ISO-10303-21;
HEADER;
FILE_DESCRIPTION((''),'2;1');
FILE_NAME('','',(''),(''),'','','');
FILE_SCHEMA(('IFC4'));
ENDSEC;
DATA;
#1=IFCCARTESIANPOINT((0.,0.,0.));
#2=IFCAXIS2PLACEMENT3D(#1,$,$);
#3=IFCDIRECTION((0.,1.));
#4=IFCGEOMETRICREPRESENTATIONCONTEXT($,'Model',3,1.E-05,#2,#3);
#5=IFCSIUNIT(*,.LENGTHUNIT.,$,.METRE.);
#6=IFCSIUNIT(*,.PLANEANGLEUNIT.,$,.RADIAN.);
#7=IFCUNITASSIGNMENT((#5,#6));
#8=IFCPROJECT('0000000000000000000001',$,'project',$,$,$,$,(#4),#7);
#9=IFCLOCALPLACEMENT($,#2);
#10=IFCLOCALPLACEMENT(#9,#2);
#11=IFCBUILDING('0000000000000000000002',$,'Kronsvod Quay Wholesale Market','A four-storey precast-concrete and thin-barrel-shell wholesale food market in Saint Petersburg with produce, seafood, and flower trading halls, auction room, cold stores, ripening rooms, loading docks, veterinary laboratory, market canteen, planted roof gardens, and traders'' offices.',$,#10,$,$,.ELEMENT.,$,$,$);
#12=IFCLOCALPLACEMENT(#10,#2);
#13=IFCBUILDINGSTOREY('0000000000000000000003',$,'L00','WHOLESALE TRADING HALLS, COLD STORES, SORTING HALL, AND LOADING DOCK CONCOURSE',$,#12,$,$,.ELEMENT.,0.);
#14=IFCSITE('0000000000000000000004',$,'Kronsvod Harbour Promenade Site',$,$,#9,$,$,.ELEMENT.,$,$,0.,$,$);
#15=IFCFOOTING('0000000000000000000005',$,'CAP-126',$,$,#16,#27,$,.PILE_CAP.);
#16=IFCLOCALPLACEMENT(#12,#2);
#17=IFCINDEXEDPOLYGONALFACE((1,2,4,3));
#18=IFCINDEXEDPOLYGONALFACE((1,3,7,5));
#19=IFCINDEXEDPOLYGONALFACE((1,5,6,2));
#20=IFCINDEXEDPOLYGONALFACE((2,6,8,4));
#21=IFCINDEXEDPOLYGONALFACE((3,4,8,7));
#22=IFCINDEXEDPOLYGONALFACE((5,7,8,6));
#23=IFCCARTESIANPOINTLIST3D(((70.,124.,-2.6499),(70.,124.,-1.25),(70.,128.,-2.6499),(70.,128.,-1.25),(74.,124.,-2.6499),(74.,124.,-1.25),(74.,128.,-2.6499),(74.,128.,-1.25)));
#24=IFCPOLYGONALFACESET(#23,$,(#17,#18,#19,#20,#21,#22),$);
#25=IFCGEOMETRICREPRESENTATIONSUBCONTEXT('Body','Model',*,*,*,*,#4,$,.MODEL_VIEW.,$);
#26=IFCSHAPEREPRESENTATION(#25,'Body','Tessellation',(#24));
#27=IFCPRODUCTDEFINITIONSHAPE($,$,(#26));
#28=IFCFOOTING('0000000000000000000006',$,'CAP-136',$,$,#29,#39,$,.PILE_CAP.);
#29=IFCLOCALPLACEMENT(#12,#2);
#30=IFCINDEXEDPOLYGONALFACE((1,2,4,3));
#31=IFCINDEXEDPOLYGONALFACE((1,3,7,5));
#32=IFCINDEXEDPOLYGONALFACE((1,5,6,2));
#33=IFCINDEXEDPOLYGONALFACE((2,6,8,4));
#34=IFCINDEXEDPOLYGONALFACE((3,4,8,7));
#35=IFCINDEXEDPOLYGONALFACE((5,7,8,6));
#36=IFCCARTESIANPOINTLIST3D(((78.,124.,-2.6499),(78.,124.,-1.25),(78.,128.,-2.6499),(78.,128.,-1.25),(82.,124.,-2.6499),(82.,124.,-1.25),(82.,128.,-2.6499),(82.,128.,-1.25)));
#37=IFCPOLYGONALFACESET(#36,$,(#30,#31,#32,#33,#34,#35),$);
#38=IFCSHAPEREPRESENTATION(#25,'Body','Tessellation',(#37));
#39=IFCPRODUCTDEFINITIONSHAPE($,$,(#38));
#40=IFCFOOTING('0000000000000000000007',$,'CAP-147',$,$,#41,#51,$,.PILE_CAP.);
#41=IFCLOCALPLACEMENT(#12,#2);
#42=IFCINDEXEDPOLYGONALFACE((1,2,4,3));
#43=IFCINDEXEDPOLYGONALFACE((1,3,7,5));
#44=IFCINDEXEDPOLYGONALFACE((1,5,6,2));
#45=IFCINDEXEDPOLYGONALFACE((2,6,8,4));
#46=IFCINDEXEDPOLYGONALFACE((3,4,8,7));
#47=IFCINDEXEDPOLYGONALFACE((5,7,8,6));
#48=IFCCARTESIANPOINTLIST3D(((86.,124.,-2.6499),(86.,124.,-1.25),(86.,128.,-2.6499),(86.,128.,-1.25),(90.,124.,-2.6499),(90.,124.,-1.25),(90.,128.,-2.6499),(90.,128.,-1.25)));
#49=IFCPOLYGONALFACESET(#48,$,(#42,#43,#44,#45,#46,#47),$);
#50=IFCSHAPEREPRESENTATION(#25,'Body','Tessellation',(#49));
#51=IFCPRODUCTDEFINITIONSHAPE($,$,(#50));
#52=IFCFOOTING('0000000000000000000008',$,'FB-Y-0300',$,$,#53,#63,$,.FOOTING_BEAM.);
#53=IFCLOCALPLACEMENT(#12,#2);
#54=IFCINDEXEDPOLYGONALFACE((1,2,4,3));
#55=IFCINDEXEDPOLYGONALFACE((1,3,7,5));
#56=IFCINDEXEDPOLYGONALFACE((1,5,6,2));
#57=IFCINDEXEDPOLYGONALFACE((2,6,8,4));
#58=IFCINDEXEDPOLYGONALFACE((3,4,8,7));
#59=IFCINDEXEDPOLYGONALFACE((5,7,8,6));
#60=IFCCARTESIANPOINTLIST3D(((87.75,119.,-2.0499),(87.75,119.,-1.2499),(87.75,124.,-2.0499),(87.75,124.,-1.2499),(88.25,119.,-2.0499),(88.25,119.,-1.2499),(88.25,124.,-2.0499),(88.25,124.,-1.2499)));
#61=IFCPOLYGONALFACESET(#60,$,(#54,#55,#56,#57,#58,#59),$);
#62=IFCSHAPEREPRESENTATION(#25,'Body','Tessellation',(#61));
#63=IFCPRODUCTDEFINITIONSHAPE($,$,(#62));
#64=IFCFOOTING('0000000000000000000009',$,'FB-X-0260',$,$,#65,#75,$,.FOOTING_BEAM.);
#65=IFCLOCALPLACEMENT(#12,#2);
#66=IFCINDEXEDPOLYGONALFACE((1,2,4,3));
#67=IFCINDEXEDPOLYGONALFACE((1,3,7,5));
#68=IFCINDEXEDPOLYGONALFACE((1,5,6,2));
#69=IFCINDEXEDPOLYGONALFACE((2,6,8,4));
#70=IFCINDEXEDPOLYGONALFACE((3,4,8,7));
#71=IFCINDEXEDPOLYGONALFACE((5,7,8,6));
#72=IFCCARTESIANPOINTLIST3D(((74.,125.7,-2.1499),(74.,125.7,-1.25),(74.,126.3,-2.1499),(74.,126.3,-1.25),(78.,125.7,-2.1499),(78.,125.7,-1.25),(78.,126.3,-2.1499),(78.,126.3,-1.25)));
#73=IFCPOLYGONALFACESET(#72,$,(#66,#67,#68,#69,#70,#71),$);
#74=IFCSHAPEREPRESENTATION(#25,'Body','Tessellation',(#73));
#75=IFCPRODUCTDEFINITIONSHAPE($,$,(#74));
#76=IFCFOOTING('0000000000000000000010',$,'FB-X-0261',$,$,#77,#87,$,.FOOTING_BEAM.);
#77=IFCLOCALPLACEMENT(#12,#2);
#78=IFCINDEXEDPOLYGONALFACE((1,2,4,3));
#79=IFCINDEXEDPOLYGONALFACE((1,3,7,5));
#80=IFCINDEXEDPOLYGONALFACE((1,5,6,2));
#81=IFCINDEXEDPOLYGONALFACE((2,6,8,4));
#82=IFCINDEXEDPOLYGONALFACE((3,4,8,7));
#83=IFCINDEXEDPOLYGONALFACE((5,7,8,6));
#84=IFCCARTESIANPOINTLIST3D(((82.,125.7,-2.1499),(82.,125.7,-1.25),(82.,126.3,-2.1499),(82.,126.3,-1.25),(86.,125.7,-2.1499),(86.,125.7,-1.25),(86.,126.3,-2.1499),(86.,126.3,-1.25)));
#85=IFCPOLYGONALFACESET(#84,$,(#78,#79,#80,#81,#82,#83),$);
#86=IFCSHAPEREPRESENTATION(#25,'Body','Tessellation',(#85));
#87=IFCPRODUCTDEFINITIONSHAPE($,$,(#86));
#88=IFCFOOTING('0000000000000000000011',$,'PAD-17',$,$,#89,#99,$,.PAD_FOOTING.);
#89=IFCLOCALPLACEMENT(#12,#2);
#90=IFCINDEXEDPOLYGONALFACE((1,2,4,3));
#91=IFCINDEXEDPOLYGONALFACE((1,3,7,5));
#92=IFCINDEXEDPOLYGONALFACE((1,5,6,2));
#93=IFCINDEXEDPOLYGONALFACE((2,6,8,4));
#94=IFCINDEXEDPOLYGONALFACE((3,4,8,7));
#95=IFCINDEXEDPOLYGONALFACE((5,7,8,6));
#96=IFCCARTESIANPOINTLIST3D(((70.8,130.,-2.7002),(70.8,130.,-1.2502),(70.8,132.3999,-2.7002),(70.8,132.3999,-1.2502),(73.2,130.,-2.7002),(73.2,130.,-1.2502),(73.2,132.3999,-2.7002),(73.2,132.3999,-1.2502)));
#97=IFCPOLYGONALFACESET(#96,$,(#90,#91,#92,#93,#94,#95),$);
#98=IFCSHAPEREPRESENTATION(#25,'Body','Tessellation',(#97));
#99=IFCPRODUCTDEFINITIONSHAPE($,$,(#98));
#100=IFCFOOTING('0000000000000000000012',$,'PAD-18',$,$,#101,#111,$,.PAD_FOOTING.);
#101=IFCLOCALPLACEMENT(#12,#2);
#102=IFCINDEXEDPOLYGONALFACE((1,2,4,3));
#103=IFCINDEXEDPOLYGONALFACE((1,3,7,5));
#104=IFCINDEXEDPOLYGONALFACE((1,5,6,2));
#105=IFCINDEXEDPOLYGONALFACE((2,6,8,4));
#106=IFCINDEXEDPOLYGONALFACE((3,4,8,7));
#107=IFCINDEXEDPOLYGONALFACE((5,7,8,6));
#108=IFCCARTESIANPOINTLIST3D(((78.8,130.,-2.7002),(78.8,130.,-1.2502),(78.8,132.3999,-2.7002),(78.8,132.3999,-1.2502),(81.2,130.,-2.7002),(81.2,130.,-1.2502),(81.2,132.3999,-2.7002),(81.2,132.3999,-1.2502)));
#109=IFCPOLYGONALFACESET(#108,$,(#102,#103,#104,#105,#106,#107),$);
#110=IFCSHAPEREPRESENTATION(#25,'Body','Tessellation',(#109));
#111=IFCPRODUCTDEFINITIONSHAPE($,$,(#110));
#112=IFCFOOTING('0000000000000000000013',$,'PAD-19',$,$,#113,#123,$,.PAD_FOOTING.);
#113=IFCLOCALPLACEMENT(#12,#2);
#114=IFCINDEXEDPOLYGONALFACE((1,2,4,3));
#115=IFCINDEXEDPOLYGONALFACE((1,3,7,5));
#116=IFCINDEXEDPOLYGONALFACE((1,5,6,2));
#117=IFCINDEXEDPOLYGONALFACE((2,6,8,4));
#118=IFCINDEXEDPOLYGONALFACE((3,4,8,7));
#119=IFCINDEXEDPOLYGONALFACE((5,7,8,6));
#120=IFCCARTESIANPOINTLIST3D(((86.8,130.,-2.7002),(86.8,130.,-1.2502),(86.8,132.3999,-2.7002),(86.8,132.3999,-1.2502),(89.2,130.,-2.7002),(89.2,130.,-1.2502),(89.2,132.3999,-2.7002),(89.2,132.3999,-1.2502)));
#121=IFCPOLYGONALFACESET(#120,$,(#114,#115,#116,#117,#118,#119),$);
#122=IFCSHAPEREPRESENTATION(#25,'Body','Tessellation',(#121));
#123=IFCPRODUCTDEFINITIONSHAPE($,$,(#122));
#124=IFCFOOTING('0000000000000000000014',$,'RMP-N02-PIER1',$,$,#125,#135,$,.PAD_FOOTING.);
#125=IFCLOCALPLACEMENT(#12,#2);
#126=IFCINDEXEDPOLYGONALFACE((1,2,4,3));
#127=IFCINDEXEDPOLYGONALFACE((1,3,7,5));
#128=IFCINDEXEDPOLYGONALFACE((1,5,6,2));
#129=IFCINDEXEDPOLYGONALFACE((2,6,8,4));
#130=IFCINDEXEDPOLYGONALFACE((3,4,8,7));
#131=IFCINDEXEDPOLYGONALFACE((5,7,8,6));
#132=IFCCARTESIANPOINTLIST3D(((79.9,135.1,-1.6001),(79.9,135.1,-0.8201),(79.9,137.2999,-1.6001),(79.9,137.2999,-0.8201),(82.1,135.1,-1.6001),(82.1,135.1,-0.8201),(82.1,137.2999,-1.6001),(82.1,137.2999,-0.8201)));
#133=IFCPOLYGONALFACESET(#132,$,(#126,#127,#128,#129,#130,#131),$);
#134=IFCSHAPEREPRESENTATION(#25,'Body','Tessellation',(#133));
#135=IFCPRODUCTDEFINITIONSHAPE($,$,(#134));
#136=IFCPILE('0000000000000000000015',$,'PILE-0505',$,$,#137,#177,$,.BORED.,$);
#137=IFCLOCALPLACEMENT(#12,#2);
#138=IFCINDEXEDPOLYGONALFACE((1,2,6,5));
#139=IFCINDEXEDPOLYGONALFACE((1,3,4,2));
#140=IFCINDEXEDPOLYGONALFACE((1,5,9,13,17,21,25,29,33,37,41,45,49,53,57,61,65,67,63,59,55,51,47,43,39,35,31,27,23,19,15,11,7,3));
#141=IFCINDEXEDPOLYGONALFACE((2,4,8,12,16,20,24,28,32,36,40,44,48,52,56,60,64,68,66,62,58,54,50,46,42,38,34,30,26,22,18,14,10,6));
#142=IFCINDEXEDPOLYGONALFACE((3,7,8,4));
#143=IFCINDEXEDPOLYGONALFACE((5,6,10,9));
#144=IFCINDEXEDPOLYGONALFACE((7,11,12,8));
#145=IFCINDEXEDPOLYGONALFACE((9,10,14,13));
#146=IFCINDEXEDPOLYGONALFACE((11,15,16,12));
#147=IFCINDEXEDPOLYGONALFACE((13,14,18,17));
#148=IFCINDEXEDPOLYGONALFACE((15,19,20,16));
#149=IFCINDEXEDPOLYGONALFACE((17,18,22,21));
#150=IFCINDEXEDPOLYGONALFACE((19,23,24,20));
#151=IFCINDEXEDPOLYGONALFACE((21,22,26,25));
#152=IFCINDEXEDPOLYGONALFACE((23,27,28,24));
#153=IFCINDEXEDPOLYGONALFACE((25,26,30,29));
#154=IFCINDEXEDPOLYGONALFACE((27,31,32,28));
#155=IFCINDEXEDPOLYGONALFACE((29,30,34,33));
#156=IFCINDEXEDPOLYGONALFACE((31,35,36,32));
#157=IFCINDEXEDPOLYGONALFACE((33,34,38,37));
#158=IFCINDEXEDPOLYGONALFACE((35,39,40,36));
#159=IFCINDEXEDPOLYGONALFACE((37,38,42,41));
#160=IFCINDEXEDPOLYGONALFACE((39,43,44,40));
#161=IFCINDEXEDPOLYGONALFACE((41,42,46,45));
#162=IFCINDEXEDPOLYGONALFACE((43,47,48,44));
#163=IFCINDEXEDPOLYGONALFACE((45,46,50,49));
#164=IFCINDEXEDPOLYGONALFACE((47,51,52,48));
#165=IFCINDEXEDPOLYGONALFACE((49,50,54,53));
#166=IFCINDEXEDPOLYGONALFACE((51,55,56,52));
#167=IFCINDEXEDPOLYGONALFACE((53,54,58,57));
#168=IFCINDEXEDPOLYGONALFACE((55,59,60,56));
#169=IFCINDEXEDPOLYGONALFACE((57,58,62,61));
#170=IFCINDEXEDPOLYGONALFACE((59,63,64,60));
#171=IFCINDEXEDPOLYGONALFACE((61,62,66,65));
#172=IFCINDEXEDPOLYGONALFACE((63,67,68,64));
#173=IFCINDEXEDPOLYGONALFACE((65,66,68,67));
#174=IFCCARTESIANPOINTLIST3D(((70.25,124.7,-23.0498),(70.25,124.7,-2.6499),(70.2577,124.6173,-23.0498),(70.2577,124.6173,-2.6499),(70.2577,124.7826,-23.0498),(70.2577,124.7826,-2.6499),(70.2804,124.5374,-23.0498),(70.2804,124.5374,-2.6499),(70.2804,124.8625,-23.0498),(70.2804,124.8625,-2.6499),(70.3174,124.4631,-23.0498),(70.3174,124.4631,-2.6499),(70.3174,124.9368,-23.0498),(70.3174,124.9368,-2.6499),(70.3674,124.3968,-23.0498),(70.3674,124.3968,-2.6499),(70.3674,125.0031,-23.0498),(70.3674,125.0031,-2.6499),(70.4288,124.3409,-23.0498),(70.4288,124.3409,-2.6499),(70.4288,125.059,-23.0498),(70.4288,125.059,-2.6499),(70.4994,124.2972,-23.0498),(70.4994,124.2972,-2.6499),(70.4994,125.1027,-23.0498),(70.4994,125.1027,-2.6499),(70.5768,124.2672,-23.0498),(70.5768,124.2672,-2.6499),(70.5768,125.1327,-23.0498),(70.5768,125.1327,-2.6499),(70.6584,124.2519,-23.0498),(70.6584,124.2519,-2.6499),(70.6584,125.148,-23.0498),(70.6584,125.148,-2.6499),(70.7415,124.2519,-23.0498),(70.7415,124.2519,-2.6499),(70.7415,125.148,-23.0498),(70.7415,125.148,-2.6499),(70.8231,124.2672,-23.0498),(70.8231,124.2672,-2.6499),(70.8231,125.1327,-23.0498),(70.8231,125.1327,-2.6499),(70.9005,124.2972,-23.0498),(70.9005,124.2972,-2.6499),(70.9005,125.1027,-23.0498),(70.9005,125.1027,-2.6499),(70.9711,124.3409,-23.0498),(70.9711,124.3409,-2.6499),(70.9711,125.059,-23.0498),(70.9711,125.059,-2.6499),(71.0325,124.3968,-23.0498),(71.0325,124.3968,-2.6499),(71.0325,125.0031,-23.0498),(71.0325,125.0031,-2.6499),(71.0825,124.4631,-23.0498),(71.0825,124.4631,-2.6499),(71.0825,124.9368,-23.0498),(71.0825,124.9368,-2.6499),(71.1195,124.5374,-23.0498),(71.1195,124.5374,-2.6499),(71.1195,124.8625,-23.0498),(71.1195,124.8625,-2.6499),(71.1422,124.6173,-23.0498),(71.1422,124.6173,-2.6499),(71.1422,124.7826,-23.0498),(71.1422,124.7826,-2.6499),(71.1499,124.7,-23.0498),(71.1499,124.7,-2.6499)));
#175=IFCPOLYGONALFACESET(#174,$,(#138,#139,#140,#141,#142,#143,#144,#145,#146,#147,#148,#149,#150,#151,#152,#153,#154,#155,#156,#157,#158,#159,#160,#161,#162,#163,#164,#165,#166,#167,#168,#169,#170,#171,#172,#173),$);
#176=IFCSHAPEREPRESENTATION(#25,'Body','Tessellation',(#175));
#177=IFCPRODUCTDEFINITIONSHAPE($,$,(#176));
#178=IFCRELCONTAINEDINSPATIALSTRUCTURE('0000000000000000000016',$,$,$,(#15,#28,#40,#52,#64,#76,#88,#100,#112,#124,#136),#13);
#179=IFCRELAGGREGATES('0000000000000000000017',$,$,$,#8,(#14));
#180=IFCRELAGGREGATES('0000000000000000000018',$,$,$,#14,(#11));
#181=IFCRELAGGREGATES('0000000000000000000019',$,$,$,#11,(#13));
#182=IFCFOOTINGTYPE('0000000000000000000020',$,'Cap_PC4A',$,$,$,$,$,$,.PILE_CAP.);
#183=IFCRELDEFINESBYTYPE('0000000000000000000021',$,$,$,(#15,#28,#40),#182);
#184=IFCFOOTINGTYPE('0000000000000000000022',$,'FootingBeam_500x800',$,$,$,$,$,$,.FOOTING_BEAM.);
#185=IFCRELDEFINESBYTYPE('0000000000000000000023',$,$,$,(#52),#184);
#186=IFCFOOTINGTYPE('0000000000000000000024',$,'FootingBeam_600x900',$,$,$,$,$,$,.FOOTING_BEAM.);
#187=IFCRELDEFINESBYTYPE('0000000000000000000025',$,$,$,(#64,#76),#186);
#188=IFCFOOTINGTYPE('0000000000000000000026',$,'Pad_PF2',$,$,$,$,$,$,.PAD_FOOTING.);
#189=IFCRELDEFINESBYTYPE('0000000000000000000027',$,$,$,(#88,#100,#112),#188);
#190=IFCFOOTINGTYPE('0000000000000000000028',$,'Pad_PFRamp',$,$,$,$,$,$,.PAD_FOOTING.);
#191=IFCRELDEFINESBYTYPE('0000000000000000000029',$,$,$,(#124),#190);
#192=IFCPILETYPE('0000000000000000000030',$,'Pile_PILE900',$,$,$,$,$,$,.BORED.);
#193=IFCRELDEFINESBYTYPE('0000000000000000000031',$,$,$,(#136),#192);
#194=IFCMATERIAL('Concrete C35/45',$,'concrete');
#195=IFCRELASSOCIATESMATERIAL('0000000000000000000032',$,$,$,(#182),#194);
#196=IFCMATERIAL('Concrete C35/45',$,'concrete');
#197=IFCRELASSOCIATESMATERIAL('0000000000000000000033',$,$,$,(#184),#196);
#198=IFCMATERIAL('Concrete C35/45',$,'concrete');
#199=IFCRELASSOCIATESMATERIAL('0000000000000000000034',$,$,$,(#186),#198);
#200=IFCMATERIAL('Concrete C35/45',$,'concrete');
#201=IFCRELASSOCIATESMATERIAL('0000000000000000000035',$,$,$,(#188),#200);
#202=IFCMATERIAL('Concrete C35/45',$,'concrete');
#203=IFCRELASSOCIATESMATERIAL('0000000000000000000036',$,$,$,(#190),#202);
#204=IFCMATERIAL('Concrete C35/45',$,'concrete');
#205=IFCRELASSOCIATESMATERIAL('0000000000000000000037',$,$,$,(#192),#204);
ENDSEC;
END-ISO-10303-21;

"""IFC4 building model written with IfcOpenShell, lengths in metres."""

from ifc_helpers import new_model, si_unit, direction, frame, origin, origin_2d, place, context, subcontext, project, spatial, rectangle, circle, extrude, material, material_profile, profile_set, type_object, element, save


model = new_model("IFC4")

# Units and contexts
model_context = context("Model", 3, precision=1e-05, world=origin(), true_north=direction((0.0, 1.0)))
body_context = subcontext(model_context, "Body", "Model", "MODEL_VIEW")
ifc_project = project(units=[si_unit("LENGTHUNIT", "METRE"), si_unit("PLANEANGLEUNIT", "RADIAN")], contexts=[model_context])

# Site, building, storey
site_placement = place(None, origin())
site = spatial("IfcSite", under=ifc_project, at=site_placement, Name="Kronsvod Harbour Promenade Site", CompositionType="ELEMENT", RefElevation=0.0)
building_placement = place(site_placement, origin())
building = spatial("IfcBuilding", under=site, at=building_placement, Name="Kronsvod Quay Wholesale Market", Description="A four-storey precast-concrete and thin-barrel-shell wholesale food market in Saint Petersburg with produce, seafood, and flower trading halls, auction room, cold stores, ripening rooms, loading docks, veterinary laboratory, market canteen, planted roof gardens, and traders' offices.", CompositionType="ELEMENT")
storey_placement = place(building_placement, origin())
storey = spatial("IfcBuildingStorey", under=building, at=storey_placement, Name="L00", Description="WHOLESALE TRADING HALLS, COLD STORES, SORTING HALL, AND LOADING DOCK CONCOURSE", CompositionType="ELEMENT", Elevation=0.0)

# Footings
ifc_material_1 = material(Name="Concrete C35/45", Category="concrete")
footing_type_1 = type_object("IfcFootingType", Name="Cap_PC4A", PredefinedType="PILE_CAP", material=ifc_material_1)
for number, where, z_axis, x_axis, name in (
    (1, (72.0, 126.0, -2.6499), (0.0, 0.0, 1.0), (1.0, 0.0, 0.0), "CAP-126"),
    (2, (80.0, 126.0, -2.6499), (0.0, 0.0, 1.0), (1.0, 0.0, 0.0), "CAP-136"),
    (3, (88.0, 126.0, -2.6499), (0.0, 0.0, 1.0), (1.0, 0.0, 0.0), "CAP-147"),
):
    element("IfcFooting", number, at=place(storey_placement, frame(where, z_axis=z_axis, x_axis=x_axis)), inside=storey, type_object=footing_type_1, Name=name, PredefinedType="PILE_CAP", context=body_context, shape_type="SweptSolid", body=[
        extrude(rectangle(XDim=4.0, YDim=4.0, at=origin_2d()), origin(), (0.0, 0.0, 1.0), 1.3999),
    ])
ifc_material_2 = material(Name="Concrete C35/45", Category="concrete")
ifc_material_profile_1 = material_profile(ifc_material_2, rectangle(XDim=0.5, YDim=0.8, at=origin_2d()), Name="FB-01")
ifc_profile_set_1 = profile_set([ifc_material_profile_1], Name="Concrete C35/45")
footing_type_2 = type_object("IfcFootingType", Name="FootingBeam_500x800", PredefinedType="FOOTING_BEAM", material=ifc_profile_set_1)
footing_1_placement = place(storey_placement, frame((88.0, 119.0, -1.6499), z_axis=(0.0, 1.0, 0.0), x_axis=(-1.0, 0.0, 0.0)))
element("IfcFooting", 4, at=footing_1_placement, inside=storey, type_object=footing_type_2, Name="FB-Y-0300", PredefinedType="FOOTING_BEAM", context=body_context, shape_type="SweptSolid", body=[
    extrude(rectangle(XDim=0.5, YDim=0.8, at=origin_2d()), origin(), (0.0, 0.0, 1.0), 5.0),
])
ifc_material_3 = material(Name="Concrete C35/45", Category="concrete")
ifc_material_profile_2 = material_profile(ifc_material_3, rectangle(XDim=0.6001, YDim=0.8999, at=origin_2d()), Name="FB-02")
ifc_profile_set_2 = profile_set([ifc_material_profile_2], Name="Concrete C35/45")
footing_type_3 = type_object("IfcFootingType", Name="FootingBeam_600x900", PredefinedType="FOOTING_BEAM", material=ifc_profile_set_2)
for number, where, z_axis, x_axis, name in (
    (5, (74.0, 126.0, -1.7), (1.0, 0.0, 0.0), (0.0, 1.0, 0.0), "FB-X-0260"),
    (6, (82.0, 126.0, -1.7), (1.0, 0.0, 0.0), (0.0, 1.0, 0.0), "FB-X-0261"),
):
    element("IfcFooting", number, at=place(storey_placement, frame(where, z_axis=z_axis, x_axis=x_axis)), inside=storey, type_object=footing_type_3, Name=name, PredefinedType="FOOTING_BEAM", context=body_context, shape_type="SweptSolid", body=[
        extrude(rectangle(XDim=0.6001, YDim=0.8999, at=origin_2d()), origin(), (0.0, 0.0, 1.0), 4.0),
    ])
ifc_material_4 = material(Name="Concrete C35/45", Category="concrete")
footing_type_4 = type_object("IfcFootingType", Name="Pad_PF2", PredefinedType="PAD_FOOTING", material=ifc_material_4)
for number, where, z_axis, x_axis, name in (
    (7, (72.0, 131.2, -2.7002), (0.0, 0.0, 1.0), (1.0, 0.0, 0.0), "PAD-17"),
    (8, (80.0, 131.2, -2.7002), (0.0, 0.0, 1.0), (1.0, 0.0, 0.0), "PAD-18"),
    (9, (88.0, 131.2, -2.7002), (0.0, 0.0, 1.0), (1.0, 0.0, 0.0), "PAD-19"),
):
    element("IfcFooting", number, at=place(storey_placement, frame(where, z_axis=z_axis, x_axis=x_axis)), inside=storey, type_object=footing_type_4, Name=name, PredefinedType="PAD_FOOTING", context=body_context, shape_type="SweptSolid", body=[
        extrude(rectangle(XDim=2.3999, YDim=2.3999, at=origin_2d()), origin(), (0.0, 0.0, 1.0), 1.45),
    ])
ifc_material_5 = material(Name="Concrete C35/45", Category="concrete")
footing_type_5 = type_object("IfcFootingType", Name="Pad_PFRamp", PredefinedType="PAD_FOOTING", material=ifc_material_5)
footing_2_placement = place(storey_placement, frame((81.0, 136.2, -1.6001), z_axis=(0.0, 0.0, 1.0), x_axis=(1.0, 0.0, 0.0)))
element("IfcFooting", 10, at=footing_2_placement, inside=storey, type_object=footing_type_5, Name="RMP-N02-PIER1", PredefinedType="PAD_FOOTING", context=body_context, shape_type="SweptSolid", body=[
    extrude(rectangle(XDim=2.2, YDim=2.2, at=origin_2d()), origin(), (0.0, 0.0, 1.0), 0.78),
])

# Pile
ifc_material_6 = material(Name="Concrete C35/45", Category="concrete")
ifc_material_profile_3 = material_profile(ifc_material_6, circle(Radius=0.45, at=origin_2d()), Name="PILE900")
ifc_profile_set_3 = profile_set([ifc_material_profile_3], Name="Concrete C35/45")
pile_type = type_object("IfcPileType", Name="Pile_PILE900", PredefinedType="BORED", material=ifc_profile_set_3)
for number, where, z_axis, x_axis, name in (
    (11, (70.7, 124.7, -2.6499), (0.0, 0.0, -1.0), (1.0, 0.0, 0.0), "PILE-0505"),
):
    element("IfcPile", number, at=place(storey_placement, frame(where, z_axis=z_axis, x_axis=x_axis)), inside=storey, type_object=pile_type, Name=name, PredefinedType="BORED", context=body_context, shape_type="SweptSolid", body=[
        extrude(circle(Radius=0.45, at=origin_2d()), origin(), (0.0, 0.0, 1.0), 20.3999),
    ])

save(model, "model.ifc")
